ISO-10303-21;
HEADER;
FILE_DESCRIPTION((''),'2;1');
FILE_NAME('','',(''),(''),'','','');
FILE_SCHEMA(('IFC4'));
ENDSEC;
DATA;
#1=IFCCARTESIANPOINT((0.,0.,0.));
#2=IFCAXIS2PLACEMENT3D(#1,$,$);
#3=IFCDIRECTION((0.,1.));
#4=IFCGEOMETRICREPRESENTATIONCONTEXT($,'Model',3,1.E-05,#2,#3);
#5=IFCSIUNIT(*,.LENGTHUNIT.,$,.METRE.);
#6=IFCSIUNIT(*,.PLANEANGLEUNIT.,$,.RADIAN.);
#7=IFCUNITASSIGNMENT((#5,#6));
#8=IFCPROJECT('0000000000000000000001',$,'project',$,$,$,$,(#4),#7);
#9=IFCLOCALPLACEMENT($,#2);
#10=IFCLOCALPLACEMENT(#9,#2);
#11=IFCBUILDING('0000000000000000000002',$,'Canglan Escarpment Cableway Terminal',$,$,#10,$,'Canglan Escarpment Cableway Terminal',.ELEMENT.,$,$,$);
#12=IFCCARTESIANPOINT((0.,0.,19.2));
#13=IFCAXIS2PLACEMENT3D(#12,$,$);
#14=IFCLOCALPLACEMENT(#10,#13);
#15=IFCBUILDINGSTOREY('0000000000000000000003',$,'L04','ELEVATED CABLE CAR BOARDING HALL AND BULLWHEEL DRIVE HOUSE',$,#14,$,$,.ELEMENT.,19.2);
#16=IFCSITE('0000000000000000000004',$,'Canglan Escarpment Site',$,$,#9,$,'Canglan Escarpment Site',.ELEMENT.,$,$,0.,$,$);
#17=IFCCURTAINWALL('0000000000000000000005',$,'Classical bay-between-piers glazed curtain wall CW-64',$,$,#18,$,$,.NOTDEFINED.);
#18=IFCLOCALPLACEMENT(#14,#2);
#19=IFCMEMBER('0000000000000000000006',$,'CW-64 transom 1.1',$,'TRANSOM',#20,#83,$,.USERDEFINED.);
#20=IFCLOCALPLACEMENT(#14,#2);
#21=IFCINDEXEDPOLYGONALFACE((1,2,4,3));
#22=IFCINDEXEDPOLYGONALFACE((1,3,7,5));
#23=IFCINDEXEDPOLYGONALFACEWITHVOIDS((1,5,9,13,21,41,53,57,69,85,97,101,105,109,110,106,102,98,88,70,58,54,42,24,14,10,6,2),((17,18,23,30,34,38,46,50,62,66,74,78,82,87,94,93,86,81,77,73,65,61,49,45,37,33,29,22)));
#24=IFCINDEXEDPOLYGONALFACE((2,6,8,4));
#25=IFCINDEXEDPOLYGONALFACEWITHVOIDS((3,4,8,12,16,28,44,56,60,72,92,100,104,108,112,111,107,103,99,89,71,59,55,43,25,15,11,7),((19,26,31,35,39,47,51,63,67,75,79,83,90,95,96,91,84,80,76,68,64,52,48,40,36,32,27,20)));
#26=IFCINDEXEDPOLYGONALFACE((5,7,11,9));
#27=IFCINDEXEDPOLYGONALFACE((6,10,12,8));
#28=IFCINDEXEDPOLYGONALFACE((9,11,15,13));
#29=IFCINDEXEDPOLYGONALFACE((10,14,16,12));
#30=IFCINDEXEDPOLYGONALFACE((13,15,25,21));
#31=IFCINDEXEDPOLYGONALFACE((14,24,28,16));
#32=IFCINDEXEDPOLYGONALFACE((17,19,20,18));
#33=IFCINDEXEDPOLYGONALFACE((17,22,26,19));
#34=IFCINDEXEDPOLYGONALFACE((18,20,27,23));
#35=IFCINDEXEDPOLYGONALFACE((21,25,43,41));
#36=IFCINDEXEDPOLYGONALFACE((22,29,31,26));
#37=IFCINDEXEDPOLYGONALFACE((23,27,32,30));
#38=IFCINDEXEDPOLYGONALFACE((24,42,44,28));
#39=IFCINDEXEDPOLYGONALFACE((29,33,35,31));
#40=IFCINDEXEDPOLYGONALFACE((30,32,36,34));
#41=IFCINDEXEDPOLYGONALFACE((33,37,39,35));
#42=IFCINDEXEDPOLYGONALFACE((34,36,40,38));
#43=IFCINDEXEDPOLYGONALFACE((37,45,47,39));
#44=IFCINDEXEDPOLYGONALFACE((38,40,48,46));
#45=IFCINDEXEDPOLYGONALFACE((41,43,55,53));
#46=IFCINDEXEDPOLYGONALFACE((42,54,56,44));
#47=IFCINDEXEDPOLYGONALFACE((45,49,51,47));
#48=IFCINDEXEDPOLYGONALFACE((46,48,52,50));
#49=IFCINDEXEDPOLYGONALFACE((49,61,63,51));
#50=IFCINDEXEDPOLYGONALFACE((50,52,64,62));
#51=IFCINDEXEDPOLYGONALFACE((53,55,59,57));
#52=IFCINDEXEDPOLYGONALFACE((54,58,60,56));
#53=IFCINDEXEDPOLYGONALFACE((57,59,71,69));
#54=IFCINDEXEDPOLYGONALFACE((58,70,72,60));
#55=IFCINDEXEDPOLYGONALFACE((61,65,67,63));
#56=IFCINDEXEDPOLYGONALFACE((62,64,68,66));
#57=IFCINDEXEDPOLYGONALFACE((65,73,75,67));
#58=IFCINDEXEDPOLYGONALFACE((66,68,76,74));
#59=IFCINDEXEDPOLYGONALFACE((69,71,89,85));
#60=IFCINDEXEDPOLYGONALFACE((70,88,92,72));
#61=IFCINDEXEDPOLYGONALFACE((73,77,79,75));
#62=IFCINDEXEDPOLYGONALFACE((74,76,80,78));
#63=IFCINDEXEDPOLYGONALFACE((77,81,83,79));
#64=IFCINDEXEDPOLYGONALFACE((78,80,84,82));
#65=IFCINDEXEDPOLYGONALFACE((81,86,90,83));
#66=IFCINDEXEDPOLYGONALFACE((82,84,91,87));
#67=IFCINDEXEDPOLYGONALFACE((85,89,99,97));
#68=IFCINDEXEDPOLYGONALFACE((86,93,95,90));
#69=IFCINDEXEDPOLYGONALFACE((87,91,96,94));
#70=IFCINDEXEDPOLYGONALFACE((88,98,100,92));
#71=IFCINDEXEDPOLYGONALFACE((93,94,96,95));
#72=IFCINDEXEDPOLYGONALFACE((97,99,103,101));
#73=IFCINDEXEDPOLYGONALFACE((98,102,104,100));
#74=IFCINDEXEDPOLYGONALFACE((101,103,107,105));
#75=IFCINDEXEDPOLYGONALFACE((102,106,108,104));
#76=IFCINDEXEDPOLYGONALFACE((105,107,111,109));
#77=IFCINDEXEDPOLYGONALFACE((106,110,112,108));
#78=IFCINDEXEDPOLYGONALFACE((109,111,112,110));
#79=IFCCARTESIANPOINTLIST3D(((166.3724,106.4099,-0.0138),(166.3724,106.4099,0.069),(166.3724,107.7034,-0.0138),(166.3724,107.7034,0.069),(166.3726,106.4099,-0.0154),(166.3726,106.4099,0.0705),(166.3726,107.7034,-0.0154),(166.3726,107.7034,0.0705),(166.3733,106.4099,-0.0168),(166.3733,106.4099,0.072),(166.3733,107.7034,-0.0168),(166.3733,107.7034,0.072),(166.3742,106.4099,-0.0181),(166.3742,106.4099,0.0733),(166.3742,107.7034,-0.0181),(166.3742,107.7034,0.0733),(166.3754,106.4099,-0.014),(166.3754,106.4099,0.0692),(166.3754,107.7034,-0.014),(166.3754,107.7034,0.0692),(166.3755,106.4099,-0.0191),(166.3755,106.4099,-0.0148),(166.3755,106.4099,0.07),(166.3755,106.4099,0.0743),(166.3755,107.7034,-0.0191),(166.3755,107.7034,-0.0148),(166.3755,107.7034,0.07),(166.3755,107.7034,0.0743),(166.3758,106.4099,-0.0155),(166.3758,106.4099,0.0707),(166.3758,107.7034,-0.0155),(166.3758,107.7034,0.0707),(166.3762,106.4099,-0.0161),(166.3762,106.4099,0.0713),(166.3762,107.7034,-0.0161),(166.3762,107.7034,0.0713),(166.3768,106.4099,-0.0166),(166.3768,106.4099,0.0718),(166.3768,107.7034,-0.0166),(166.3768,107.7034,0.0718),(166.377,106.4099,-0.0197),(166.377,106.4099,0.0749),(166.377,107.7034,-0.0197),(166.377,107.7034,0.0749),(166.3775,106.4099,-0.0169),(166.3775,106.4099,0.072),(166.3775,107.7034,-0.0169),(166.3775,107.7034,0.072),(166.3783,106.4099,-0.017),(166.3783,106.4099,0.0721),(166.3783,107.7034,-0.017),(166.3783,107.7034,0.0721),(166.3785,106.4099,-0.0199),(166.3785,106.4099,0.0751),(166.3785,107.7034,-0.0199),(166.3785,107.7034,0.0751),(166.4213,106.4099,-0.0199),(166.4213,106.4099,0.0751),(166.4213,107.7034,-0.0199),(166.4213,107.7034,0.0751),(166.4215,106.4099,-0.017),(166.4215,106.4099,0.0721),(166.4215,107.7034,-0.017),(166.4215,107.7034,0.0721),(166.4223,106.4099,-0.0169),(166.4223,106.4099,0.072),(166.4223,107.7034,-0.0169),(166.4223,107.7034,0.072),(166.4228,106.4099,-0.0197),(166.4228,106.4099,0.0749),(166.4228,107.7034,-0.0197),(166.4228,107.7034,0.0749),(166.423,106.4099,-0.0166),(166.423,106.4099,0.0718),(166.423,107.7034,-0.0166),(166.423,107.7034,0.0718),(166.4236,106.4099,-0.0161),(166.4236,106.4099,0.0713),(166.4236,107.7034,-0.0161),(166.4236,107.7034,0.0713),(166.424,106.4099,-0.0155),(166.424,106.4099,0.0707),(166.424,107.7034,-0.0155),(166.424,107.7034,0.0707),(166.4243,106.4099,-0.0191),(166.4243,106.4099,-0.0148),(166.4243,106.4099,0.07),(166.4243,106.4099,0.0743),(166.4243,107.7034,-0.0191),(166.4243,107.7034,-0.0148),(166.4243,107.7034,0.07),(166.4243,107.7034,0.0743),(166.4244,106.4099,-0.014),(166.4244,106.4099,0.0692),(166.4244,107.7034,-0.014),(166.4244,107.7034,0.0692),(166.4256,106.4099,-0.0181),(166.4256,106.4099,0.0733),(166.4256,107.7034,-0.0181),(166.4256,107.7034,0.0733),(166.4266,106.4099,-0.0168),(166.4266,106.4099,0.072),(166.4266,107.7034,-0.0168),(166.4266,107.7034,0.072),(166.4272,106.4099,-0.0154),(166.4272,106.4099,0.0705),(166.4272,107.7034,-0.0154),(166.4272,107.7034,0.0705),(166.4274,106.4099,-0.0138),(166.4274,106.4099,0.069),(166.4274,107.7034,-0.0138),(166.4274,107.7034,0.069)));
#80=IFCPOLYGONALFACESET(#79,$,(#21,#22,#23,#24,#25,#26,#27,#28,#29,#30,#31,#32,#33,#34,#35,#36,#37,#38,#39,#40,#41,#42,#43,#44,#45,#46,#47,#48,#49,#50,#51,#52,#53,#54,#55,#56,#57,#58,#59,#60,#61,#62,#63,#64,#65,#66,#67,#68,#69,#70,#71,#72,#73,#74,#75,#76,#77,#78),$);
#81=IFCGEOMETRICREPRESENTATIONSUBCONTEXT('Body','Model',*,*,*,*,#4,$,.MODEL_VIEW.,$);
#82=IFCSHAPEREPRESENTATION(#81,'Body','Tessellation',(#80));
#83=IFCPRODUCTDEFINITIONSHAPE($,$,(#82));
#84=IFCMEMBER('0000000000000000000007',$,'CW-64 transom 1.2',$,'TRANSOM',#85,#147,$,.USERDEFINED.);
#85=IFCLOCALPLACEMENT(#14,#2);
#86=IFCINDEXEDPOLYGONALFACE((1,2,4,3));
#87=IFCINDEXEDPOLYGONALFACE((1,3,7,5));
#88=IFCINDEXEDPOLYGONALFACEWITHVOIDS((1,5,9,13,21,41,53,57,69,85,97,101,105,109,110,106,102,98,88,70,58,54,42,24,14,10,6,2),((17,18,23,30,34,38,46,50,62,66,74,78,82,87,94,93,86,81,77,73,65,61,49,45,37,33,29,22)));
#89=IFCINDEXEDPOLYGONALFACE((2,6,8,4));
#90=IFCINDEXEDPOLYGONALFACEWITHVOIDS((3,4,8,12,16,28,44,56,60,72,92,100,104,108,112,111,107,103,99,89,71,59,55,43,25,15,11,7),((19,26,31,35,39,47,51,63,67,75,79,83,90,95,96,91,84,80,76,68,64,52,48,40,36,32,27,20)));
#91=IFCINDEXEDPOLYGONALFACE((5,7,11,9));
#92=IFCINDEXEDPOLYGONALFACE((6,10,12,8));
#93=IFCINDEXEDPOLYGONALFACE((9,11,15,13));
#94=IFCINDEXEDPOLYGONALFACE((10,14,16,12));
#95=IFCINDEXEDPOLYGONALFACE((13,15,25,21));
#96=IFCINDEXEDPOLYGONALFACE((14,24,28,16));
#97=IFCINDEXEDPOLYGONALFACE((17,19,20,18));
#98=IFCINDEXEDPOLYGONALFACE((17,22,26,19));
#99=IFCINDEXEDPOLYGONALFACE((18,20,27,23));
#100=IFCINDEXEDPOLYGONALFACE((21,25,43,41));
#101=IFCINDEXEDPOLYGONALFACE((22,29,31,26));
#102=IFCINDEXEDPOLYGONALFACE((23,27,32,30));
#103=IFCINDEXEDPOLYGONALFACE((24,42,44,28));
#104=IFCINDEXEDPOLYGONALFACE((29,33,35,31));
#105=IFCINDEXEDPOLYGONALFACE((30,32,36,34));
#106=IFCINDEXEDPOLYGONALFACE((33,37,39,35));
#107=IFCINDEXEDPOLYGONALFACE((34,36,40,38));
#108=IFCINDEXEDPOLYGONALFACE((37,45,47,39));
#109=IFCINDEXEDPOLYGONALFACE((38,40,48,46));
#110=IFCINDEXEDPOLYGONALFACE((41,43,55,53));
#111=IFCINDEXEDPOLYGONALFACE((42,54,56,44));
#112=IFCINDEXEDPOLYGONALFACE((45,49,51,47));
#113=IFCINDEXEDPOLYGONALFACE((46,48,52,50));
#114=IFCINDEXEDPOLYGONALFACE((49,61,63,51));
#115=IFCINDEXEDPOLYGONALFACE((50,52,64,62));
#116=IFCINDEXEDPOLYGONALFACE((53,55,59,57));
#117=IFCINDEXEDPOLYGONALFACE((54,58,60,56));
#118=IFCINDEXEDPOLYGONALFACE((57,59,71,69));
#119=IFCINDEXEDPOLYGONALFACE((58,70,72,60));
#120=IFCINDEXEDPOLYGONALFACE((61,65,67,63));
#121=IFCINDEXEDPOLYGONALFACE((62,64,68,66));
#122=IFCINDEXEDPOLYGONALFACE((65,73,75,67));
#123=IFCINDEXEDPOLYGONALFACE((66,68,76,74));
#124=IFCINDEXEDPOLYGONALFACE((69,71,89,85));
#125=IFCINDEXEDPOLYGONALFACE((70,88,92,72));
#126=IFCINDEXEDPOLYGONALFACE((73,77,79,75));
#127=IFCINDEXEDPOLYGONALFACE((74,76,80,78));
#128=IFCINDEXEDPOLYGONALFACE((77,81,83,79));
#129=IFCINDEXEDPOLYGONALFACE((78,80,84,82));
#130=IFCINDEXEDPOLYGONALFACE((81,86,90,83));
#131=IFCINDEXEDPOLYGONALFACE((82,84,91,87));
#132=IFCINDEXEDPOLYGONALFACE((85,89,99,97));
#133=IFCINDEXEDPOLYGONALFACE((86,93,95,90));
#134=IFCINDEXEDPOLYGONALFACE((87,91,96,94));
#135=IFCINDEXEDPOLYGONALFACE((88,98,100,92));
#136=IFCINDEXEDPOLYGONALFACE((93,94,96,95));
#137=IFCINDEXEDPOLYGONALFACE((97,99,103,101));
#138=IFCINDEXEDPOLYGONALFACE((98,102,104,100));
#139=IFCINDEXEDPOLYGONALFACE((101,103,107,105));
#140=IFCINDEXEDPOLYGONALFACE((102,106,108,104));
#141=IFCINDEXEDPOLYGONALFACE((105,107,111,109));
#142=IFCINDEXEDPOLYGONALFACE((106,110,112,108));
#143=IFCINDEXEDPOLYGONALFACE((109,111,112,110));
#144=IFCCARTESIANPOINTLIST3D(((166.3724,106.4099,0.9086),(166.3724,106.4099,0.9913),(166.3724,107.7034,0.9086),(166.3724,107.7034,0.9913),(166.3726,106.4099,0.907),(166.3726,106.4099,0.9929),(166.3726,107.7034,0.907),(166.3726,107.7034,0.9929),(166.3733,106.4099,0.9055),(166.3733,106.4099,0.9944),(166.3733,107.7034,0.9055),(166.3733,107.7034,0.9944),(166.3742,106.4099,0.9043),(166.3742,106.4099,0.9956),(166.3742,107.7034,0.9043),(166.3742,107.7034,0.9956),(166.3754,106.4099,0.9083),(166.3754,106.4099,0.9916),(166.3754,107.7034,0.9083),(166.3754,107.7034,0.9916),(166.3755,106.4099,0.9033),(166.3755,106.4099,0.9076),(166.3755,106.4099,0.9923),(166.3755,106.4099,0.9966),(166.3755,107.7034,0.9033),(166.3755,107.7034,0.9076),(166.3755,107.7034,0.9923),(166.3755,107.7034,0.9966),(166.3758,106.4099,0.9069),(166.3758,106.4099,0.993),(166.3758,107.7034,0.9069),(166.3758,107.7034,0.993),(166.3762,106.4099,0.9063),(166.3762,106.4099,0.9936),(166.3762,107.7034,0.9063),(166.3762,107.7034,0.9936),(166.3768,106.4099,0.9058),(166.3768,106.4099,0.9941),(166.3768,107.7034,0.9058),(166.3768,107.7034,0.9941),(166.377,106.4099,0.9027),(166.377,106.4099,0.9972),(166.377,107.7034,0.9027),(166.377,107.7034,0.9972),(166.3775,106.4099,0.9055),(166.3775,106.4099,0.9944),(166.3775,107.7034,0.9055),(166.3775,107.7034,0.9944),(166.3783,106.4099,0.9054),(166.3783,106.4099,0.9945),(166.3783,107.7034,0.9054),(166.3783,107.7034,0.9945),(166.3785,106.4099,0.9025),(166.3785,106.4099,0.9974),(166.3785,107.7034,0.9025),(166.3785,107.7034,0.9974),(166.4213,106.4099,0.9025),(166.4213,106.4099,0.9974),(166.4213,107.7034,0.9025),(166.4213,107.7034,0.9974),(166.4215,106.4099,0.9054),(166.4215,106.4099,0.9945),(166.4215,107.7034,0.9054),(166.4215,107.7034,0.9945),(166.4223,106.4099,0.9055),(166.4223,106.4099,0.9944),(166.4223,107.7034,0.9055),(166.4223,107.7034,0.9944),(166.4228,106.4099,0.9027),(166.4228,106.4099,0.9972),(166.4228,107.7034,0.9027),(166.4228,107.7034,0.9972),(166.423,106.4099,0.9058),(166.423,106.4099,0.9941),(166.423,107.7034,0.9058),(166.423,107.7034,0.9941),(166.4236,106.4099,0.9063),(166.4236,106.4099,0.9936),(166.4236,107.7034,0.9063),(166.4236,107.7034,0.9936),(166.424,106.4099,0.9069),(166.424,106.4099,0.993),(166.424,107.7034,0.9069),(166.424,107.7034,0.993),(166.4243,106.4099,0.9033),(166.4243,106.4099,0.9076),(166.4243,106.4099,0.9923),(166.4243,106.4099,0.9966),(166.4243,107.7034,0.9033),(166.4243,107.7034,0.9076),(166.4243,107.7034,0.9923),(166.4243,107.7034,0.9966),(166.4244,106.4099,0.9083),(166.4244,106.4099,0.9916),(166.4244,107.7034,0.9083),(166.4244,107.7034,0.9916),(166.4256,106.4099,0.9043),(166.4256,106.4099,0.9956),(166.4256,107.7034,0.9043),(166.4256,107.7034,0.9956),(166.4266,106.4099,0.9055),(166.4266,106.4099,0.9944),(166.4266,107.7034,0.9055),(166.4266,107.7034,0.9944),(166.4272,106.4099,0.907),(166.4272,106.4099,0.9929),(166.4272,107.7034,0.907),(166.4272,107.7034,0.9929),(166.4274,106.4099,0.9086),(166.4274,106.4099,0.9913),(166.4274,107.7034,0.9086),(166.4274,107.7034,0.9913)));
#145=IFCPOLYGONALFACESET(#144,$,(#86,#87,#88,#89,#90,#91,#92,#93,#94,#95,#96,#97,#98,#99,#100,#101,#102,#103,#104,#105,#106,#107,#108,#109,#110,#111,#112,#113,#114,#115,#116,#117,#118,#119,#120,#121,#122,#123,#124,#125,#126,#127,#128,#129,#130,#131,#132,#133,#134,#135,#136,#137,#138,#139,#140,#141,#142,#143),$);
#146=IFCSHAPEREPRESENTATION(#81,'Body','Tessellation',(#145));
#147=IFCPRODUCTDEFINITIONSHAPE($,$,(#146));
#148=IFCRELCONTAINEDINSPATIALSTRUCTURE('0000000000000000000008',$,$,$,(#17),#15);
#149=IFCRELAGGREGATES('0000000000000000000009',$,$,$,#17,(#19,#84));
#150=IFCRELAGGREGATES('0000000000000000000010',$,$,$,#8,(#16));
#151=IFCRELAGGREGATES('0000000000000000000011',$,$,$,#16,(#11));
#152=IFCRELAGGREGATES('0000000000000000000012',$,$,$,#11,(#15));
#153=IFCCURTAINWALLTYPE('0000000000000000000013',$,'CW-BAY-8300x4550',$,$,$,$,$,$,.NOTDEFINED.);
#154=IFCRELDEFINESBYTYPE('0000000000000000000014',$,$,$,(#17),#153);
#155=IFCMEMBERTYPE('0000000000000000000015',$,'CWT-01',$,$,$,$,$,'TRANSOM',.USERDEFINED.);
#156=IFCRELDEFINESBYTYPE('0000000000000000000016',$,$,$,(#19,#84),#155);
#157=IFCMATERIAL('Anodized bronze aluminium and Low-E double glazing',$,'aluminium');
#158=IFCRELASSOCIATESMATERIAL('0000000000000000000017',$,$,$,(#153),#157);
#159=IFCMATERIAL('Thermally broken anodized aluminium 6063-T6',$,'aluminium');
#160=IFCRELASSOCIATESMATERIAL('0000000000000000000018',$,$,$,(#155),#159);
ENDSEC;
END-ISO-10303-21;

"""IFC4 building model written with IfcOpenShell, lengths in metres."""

from ifc_helpers import new_model, si_unit, direction, frame, origin, origin_2d, place, context, subcontext, project, spatial, hollow_rectangle, extrude, material, material_profile, profile_set, type_object, element, aggregate, save


model = new_model("IFC4")

# Units and contexts
model_context = context("Model", 3, precision=1e-05, world=origin(), true_north=direction((0.0, 1.0)))
body_context = subcontext(model_context, "Body", "Model", "MODEL_VIEW")
ifc_project = project(units=[si_unit("LENGTHUNIT", "METRE"), si_unit("PLANEANGLEUNIT", "RADIAN")], contexts=[model_context])

# Site, building, storey
site_placement = place(None, origin())
site = spatial("IfcSite", under=ifc_project, at=site_placement, Name="Canglan Escarpment Site", LongName="Canglan Escarpment Site", CompositionType="ELEMENT", RefElevation=0.0)
building_placement = place(site_placement, origin())
building = spatial("IfcBuilding", under=site, at=building_placement, Name="Canglan Escarpment Cableway Terminal", LongName="Canglan Escarpment Cableway Terminal", CompositionType="ELEMENT")
storey_placement = place(building_placement, frame((0.0, 0.0, 19.2)))
storey = spatial("IfcBuildingStorey", under=building, at=storey_placement, Name="L04", Description="ELEVATED CABLE CAR BOARDING HALL AND BULLWHEEL DRIVE HOUSE", CompositionType="ELEMENT", Elevation=19.2)

# Curtain wall
ifc_material_1 = material(Name="Anodized bronze aluminium and Low-E double glazing", Category="aluminium")
curtain_wall_type = type_object("IfcCurtainWallType", Name="CW-BAY-8300x4550", PredefinedType="NOTDEFINED", material=ifc_material_1)
curtain_wall_1_placement = place(storey_placement, origin())
curtain_wall_1 = element("IfcCurtainWall", 1, at=curtain_wall_1_placement, inside=storey, type_object=curtain_wall_type, Name="Classical bay-between-piers glazed curtain wall CW-64", PredefinedType="NOTDEFINED")
ifc_material_2 = material(Name="Thermally broken anodized aluminium 6063-T6", Category="aluminium")

# Members
ifc_material_profile_1 = material_profile(ifc_material_2, hollow_rectangle(XDim=0.0549, YDim=0.095, WallThickness=0.0029, InnerFilletRadius=0.0029, OuterFilletRadius=0.0061, at=origin_2d()), Name="ALU-TRAN 55x95x3")
ifc_profile_set_1 = profile_set([ifc_material_profile_1], Name="Thermally broken anodized aluminium 6063-T6")
member_type_1 = type_object("IfcMemberType", Name="CWT-01", ElementType="TRANSOM", PredefinedType="USERDEFINED", material=ifc_profile_set_1)
member_1_placement = place(storey_placement, frame((166.3999, 106.4099, 0.0276), z_axis=(0.0, 1.0, 0.0), x_axis=(-1.0, 0.0, 0.0)))
member_1 = element("IfcMember", 2, at=member_1_placement, type_object=member_type_1, Name="CW-64 transom 1.1", ObjectType="TRANSOM", PredefinedType="USERDEFINED", context=body_context, shape_type="SweptSolid", body=[
    extrude(hollow_rectangle(XDim=0.0549, YDim=0.095, WallThickness=0.0029, InnerFilletRadius=0.0029, OuterFilletRadius=0.0061, at=origin_2d()), origin(), (0.0, 0.0, 1.0), 1.2935),
])
member_2_placement = place(storey_placement, frame((166.3999, 106.4099, 0.95), z_axis=(0.0, 1.0, 0.0), x_axis=(-1.0, 0.0, 0.0)))
member_2 = element("IfcMember", 3, at=member_2_placement, type_object=member_type_1, Name="CW-64 transom 1.2", ObjectType="TRANSOM", PredefinedType="USERDEFINED", context=body_context, shape_type="SweptSolid", body=[
    extrude(hollow_rectangle(XDim=0.0549, YDim=0.095, WallThickness=0.0029, InnerFilletRadius=0.0029, OuterFilletRadius=0.0061, at=origin_2d()), origin(), (0.0, 0.0, 1.0), 1.2935),
])

aggregate(curtain_wall_1, [member_1, member_2])

save(model, "model.ifc")
